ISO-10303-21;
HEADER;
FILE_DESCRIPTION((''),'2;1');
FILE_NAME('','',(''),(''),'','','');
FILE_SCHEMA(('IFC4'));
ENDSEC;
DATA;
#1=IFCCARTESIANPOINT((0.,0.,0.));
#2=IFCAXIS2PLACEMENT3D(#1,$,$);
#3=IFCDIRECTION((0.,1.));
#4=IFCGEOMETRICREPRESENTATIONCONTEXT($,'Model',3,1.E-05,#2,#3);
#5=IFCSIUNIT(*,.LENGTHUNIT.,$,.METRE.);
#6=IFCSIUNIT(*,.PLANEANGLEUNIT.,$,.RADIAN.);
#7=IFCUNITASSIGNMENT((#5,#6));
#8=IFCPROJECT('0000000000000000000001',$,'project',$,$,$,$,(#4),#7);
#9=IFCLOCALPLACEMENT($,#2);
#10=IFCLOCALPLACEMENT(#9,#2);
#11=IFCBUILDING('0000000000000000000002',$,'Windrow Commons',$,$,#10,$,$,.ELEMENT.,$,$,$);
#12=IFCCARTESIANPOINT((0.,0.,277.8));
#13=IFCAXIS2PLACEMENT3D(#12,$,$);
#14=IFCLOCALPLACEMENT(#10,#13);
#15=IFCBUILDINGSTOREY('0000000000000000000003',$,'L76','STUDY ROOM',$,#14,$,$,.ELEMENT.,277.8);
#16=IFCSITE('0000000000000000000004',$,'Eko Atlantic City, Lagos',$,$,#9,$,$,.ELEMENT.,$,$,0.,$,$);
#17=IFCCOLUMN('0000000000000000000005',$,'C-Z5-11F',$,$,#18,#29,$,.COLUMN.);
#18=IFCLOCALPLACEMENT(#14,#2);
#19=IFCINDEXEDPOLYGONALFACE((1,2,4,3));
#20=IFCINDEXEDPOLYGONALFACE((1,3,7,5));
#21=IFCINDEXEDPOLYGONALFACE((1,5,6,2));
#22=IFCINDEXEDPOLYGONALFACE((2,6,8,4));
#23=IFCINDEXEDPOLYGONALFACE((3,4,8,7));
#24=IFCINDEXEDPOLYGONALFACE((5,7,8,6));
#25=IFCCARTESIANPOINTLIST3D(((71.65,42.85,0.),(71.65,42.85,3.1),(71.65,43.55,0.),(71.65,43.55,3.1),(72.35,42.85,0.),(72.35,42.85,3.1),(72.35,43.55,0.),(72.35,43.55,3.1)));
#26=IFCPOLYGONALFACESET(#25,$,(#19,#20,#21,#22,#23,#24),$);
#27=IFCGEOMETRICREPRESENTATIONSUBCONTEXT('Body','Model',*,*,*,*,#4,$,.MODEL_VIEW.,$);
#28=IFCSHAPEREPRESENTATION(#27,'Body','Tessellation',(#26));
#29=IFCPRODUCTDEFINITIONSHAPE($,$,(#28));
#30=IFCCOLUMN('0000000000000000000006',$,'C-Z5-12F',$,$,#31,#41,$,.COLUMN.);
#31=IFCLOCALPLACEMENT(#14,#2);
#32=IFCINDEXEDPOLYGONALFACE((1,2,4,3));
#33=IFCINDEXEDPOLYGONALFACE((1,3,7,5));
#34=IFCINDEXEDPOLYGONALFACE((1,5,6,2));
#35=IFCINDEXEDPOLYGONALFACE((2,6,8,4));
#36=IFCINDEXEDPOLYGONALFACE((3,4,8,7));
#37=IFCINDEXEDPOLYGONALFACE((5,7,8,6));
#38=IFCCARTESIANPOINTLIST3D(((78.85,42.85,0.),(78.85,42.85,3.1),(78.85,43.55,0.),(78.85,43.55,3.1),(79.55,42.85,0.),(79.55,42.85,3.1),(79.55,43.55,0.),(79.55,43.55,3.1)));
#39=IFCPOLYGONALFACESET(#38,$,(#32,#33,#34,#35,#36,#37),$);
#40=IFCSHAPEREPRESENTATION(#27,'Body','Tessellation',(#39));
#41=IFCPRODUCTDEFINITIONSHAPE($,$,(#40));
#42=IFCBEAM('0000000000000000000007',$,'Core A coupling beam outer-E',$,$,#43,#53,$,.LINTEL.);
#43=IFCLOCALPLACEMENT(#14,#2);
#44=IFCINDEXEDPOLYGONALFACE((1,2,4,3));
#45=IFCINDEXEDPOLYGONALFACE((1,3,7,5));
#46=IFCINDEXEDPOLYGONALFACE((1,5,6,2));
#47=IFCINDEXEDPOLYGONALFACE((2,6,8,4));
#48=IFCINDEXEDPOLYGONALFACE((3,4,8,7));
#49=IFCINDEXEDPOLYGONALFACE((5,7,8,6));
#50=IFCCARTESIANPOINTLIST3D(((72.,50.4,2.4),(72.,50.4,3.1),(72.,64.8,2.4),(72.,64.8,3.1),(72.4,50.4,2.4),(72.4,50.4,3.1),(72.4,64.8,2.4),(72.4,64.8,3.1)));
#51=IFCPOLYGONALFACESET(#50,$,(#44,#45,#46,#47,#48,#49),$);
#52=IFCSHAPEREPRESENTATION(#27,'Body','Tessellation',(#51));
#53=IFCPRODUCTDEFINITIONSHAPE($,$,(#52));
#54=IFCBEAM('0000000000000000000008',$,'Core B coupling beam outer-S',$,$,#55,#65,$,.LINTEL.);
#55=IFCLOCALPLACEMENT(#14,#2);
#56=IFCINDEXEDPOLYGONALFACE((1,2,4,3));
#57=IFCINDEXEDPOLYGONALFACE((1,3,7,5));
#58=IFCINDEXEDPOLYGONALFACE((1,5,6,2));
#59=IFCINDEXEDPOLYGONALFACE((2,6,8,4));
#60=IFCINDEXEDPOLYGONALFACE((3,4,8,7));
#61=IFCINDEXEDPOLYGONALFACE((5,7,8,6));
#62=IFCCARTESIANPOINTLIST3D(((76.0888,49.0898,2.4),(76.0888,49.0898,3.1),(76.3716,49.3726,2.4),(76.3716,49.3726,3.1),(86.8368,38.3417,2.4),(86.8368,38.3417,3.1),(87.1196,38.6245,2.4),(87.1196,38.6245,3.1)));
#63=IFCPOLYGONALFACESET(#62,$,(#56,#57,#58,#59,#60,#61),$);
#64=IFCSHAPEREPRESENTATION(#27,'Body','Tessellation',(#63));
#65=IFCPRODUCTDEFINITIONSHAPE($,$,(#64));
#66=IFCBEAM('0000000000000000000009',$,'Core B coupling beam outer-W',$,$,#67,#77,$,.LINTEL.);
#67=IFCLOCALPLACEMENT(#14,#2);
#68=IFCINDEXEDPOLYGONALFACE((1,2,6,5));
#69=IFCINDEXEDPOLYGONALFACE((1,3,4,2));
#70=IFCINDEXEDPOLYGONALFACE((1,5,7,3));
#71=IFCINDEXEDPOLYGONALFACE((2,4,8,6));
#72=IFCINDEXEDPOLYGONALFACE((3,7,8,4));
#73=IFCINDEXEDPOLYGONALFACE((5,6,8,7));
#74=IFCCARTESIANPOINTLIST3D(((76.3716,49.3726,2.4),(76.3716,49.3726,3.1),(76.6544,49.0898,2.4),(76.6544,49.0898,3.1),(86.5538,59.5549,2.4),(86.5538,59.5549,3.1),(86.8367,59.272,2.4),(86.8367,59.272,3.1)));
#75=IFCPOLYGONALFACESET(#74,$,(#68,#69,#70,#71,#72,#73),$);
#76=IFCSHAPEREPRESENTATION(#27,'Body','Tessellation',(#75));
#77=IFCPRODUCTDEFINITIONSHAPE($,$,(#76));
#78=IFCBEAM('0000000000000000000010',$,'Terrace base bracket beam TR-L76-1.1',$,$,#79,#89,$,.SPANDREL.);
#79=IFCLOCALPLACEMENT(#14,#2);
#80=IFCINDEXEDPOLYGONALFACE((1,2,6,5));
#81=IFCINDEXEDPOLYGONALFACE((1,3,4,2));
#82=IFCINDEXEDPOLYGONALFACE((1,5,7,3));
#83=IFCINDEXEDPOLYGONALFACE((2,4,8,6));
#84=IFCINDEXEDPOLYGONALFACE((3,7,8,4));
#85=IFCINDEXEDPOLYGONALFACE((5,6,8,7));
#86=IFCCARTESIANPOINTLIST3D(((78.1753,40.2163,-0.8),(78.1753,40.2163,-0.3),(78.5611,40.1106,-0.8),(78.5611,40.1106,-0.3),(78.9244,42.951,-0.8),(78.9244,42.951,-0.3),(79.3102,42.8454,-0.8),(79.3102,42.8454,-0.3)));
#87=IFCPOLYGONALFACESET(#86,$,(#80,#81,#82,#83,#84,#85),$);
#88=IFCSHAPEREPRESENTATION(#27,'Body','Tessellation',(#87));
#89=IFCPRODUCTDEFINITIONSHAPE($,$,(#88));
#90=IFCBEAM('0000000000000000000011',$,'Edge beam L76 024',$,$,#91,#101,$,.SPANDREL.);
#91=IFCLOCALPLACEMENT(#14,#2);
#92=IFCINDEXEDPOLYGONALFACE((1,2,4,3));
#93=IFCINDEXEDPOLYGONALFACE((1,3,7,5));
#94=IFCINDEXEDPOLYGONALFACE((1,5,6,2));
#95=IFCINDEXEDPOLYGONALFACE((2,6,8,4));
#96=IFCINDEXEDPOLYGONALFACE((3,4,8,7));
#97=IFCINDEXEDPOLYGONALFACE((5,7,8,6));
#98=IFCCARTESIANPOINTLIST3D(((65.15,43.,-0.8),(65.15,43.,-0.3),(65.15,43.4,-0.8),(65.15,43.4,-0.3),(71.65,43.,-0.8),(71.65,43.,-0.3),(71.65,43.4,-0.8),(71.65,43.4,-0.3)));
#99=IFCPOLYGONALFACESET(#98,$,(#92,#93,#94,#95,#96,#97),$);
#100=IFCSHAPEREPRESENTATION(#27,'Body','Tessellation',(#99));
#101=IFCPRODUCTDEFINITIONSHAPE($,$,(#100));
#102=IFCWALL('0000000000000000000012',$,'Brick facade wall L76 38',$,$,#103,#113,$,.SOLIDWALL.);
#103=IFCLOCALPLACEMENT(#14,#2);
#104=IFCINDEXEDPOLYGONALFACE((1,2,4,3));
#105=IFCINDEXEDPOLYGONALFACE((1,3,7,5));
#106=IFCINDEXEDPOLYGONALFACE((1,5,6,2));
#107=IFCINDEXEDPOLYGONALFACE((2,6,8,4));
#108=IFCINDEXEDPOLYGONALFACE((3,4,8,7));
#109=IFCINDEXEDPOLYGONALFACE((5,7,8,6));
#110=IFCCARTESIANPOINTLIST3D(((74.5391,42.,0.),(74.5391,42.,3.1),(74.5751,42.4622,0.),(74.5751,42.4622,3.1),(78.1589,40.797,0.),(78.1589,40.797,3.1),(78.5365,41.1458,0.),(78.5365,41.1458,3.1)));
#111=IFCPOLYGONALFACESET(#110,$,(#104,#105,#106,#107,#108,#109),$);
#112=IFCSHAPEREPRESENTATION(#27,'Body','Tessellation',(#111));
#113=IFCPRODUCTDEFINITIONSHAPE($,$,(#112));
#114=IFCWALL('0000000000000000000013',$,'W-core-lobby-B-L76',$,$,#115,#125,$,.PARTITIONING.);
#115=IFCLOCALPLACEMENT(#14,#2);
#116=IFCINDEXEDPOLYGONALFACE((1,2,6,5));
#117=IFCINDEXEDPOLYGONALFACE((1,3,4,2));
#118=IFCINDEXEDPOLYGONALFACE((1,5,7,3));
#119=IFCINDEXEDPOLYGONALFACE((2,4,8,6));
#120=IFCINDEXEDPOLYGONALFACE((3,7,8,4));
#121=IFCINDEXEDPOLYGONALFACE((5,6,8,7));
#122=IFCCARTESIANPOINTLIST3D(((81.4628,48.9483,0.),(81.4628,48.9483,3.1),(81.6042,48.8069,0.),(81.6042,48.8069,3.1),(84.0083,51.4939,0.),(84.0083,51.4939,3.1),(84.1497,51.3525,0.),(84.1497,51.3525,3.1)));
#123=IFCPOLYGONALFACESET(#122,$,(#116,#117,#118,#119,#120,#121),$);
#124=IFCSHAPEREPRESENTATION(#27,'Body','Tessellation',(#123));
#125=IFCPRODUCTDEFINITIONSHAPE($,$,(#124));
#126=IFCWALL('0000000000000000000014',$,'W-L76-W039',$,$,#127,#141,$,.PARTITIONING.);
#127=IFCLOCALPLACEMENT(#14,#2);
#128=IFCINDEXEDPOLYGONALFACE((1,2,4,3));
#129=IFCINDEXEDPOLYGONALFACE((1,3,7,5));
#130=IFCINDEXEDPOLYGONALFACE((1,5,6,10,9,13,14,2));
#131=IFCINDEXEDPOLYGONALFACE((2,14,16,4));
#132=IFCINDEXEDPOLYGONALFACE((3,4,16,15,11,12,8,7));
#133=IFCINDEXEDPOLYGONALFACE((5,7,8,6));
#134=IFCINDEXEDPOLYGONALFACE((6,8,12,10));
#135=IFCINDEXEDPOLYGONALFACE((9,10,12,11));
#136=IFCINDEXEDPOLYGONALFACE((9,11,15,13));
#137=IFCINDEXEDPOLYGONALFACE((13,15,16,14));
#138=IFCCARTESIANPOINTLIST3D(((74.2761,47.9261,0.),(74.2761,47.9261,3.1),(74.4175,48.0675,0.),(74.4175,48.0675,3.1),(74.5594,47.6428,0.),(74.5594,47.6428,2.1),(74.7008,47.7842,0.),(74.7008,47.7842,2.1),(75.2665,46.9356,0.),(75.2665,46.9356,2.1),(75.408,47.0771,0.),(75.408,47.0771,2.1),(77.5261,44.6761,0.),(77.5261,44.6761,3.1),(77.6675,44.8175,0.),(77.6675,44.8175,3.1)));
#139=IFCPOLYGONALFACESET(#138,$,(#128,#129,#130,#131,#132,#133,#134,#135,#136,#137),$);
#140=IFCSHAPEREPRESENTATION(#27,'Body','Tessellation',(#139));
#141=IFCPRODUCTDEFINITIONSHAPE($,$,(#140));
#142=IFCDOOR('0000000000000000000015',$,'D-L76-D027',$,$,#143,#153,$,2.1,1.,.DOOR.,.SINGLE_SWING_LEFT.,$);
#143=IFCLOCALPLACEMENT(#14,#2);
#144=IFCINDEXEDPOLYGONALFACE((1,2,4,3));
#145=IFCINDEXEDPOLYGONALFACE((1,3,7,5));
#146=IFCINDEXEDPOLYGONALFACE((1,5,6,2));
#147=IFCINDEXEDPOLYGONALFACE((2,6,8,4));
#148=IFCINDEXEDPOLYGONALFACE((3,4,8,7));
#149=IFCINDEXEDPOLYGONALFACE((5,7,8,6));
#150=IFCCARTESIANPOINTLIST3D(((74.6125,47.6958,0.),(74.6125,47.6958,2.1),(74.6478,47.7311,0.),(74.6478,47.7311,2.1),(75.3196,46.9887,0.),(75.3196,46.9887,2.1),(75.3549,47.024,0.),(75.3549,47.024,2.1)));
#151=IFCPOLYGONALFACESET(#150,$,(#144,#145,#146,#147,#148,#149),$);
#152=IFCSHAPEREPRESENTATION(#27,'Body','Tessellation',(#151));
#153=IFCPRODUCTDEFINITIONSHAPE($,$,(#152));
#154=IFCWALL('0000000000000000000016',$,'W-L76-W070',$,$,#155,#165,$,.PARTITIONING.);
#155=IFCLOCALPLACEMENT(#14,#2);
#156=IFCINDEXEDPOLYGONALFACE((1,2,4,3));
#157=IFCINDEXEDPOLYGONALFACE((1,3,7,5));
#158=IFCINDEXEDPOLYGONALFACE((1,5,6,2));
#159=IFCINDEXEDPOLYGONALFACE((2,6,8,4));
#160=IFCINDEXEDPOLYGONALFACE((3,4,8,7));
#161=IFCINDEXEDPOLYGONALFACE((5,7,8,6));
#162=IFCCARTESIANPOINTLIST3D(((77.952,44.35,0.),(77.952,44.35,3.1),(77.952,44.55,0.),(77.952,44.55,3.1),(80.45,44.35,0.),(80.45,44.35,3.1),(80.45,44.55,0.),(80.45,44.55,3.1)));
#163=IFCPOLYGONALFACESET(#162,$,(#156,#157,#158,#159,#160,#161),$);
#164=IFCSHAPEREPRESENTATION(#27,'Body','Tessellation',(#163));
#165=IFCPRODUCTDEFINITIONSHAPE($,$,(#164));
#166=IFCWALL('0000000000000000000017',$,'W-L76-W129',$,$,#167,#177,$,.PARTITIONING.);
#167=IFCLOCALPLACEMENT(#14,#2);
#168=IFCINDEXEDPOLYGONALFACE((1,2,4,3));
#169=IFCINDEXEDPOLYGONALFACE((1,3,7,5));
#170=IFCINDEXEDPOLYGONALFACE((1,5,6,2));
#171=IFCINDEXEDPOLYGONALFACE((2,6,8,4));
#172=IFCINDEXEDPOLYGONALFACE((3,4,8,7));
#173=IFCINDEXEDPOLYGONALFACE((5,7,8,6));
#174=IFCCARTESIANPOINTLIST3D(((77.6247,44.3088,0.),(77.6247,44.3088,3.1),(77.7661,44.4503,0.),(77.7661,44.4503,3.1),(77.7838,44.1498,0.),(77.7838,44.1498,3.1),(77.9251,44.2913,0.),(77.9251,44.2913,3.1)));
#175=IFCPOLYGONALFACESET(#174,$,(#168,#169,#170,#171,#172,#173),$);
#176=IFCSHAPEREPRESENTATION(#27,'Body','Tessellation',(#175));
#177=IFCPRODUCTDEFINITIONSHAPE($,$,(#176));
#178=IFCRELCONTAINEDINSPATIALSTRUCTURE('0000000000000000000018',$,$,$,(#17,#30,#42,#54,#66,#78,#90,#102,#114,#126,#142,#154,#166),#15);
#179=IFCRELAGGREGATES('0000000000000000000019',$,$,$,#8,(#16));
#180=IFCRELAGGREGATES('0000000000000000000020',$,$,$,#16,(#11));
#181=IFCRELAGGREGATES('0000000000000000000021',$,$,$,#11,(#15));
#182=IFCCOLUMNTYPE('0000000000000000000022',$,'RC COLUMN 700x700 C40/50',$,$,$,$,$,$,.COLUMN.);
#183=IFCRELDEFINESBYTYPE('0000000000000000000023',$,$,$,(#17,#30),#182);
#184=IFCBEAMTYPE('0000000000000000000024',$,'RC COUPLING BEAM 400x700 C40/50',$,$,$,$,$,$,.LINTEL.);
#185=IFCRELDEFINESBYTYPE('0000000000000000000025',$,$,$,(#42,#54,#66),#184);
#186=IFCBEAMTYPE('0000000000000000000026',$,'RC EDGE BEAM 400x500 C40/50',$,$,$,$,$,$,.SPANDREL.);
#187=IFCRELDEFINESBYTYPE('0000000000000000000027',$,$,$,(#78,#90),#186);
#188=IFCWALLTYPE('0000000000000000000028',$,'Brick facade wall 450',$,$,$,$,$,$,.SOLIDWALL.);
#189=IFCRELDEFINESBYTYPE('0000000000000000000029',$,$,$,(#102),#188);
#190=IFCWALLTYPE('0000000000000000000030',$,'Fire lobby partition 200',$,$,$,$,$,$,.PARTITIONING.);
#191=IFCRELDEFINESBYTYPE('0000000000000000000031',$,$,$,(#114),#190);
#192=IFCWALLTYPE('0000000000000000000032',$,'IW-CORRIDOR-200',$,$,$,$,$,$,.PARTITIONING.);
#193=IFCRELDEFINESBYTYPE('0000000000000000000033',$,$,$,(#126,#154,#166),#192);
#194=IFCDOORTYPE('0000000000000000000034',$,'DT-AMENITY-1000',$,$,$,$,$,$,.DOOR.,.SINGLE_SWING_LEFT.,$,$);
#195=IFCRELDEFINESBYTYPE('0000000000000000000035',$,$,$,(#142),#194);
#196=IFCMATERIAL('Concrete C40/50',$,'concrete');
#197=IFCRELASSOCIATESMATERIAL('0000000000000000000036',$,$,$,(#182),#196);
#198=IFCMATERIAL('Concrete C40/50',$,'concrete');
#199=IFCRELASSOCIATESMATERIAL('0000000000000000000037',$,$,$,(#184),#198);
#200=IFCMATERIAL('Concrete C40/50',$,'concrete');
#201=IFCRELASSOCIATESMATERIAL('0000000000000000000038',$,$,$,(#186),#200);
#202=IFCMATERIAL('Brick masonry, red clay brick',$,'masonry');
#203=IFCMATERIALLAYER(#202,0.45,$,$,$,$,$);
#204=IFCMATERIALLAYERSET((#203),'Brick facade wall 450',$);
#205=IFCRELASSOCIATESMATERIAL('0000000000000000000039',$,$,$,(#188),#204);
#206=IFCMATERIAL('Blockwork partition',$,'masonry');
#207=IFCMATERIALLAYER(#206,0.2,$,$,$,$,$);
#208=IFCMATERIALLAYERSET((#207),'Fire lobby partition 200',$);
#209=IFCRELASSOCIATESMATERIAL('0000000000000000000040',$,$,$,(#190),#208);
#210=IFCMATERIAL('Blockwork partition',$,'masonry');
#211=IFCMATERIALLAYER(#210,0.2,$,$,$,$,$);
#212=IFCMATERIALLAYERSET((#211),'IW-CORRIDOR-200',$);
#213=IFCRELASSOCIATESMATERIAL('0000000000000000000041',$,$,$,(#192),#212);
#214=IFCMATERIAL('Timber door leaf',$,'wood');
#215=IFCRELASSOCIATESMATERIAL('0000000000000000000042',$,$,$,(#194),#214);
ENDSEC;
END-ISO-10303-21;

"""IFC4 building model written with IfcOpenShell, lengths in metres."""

from ifc_helpers import new_model, si_unit, direction, frame, frame_2d, origin, origin_2d, place, context, subcontext, project, spatial, polyline, rectangle, outline, extrude, material, layer, layer_set, material_profile, profile_set, type_object, element, fill, save


model = new_model("IFC4")

# Units and contexts
model_context = context("Model", 3, precision=1e-05, world=origin(), true_north=direction((0.0, 1.0)))
body_context = subcontext(model_context, "Body", "Model", "MODEL_VIEW")
ifc_project = project(units=[si_unit("LENGTHUNIT", "METRE"), si_unit("PLANEANGLEUNIT", "RADIAN")], contexts=[model_context])

# Site, building, storey
site_placement = place(None, origin())
site = spatial("IfcSite", under=ifc_project, at=site_placement, Name="Eko Atlantic City, Lagos", CompositionType="ELEMENT", RefElevation=0.0)
building_placement = place(site_placement, origin())
building = spatial("IfcBuilding", under=site, at=building_placement, Name="Windrow Commons", CompositionType="ELEMENT")
storey_placement = place(building_placement, frame((0.0, 0.0, 277.8)))
storey = spatial("IfcBuildingStorey", under=building, at=storey_placement, Name="L76", Description="STUDY ROOM", CompositionType="ELEMENT", Elevation=277.8)

# Columns
ifc_material_1 = material(Name="Concrete C40/50", Category="concrete")
ifc_material_profile_1 = material_profile(ifc_material_1, rectangle(XDim=0.7, YDim=0.7, at=origin_2d()))
ifc_profile_set_1 = profile_set([ifc_material_profile_1], Name="Concrete C40/50")
column_type = type_object("IfcColumnType", Name="RC COLUMN 700x700 C40/50", PredefinedType="COLUMN", material=ifc_profile_set_1)
for number, where, z_axis, x_axis, name in (
    (1, (72.0, 43.2, 0.0), (0.0, 0.0, 1.0), (1.0, 0.0, 0.0), "C-Z5-11F"),
    (2, (79.2, 43.2, 0.0), (0.0, 0.0, 1.0), (1.0, 0.0, 0.0), "C-Z5-12F"),
):
    element("IfcColumn", number, at=place(storey_placement, frame(where, z_axis=z_axis, x_axis=x_axis)), inside=storey, type_object=column_type, Name=name, PredefinedType="COLUMN", context=body_context, shape_type="SweptSolid", body=[
        extrude(rectangle(XDim=0.7, YDim=0.7, at=origin_2d()), origin(), (0.0, 0.0, 1.0), 3.1),
    ])

# Beams
ifc_material_2 = material(Name="Concrete C40/50", Category="concrete")
ifc_material_profile_2 = material_profile(ifc_material_2, rectangle(XDim=0.4, YDim=0.7, at=origin_2d()))
ifc_profile_set_2 = profile_set([ifc_material_profile_2], Name="Concrete C40/50")
beam_type_1 = type_object("IfcBeamType", Name="RC COUPLING BEAM 400x700 C40/50", PredefinedType="LINTEL", material=ifc_profile_set_2)
beam_1_placement = place(storey_placement, frame((72.2, 50.4, 2.75), z_axis=(0.0, 1.0, 0.0), x_axis=(-1.0, 0.0, 0.0)))
element("IfcBeam", 3, at=beam_1_placement, inside=storey, type_object=beam_type_1, Name="Core A coupling beam outer-E", PredefinedType="LINTEL", context=body_context, shape_type="SweptSolid", body=[
    extrude(rectangle(XDim=0.4, YDim=0.7, at=origin_2d()), origin(), (0.0, 0.0, 1.0), 14.4),
])
beam_2_placement = place(storey_placement, frame((76.2302, 49.2312, 2.75), z_axis=(0.707103, -0.70711, 0.0), x_axis=(0.70711, 0.707103, 0.0)))
element("IfcBeam", 4, at=beam_2_placement, inside=storey, type_object=beam_type_1, Name="Core B coupling beam outer-S", PredefinedType="LINTEL", context=body_context, shape_type="SweptSolid", body=[
    extrude(rectangle(XDim=0.4, YDim=0.7, at=origin_2d()), origin(), (0.0, 0.0, 1.0), 15.2),
])
beam_3_placement = place(storey_placement, frame((76.513, 49.2312, 2.75), z_axis=(0.707107, 0.707107, 0.0), x_axis=(-0.707107, 0.707107, 0.0)))
element("IfcBeam", 5, at=beam_3_placement, inside=storey, type_object=beam_type_1, Name="Core B coupling beam outer-W", PredefinedType="LINTEL", context=body_context, shape_type="SweptSolid", body=[
    extrude(rectangle(XDim=0.4, YDim=0.7, at=origin_2d()), origin(), (0.0, 0.0, 1.0), 14.3999),
])
ifc_material_3 = material(Name="Concrete C40/50", Category="concrete")
ifc_material_profile_3 = material_profile(ifc_material_3, rectangle(XDim=0.4, YDim=0.5, at=origin_2d()))
ifc_profile_set_3 = profile_set([ifc_material_profile_3], Name="Concrete C40/50")
beam_type_2 = type_object("IfcBeamType", Name="RC EDGE BEAM 400x500 C40/50", PredefinedType="SPANDREL", material=ifc_profile_set_3)
beam_4_placement = place(storey_placement, frame((79.1173, 42.8982, -0.55), z_axis=(-0.264183, -0.964473, 0.0), x_axis=(0.964473, -0.264183, 0.0)))
element("IfcBeam", 6, at=beam_4_placement, inside=storey, type_object=beam_type_2, Name="Terrace base bracket beam TR-L76-1.1", PredefinedType="SPANDREL", context=body_context, shape_type="SweptSolid", body=[
    extrude(rectangle(XDim=0.4, YDim=0.5, at=origin_2d()), origin(), (0.0, 0.0, 1.0), 2.8355),
])
beam_5_placement = place(storey_placement, frame((71.65, 43.2, -0.55), z_axis=(-1.0, 0.0, 0.0), x_axis=(0.0, -1.0, 0.0)))
element("IfcBeam", 7, at=beam_5_placement, inside=storey, type_object=beam_type_2, Name="Edge beam L76 024", PredefinedType="SPANDREL", context=body_context, shape_type="SweptSolid", body=[
    extrude(rectangle(XDim=0.4, YDim=0.5, at=origin_2d()), origin(), (0.0, 0.0, 1.0), 6.5),
])

# Walls
ifc_material_4 = material(Name="Brick masonry, red clay brick", Category="masonry")
ifc_layer_1 = layer(ifc_material_4, 0.45)
ifc_layer_set_1 = layer_set([ifc_layer_1], Name="Brick facade wall 450")
wall_type_1 = type_object("IfcWallType", Name="Brick facade wall 450", PredefinedType="SOLIDWALL", material=ifc_layer_set_1)
wall_1_placement = place(storey_placement, frame((74.5571, 42.2311, 0.0), z_axis=(0.0, 0.0, 1.0), x_axis=(0.948971, -0.315364, 0.0)))
element("IfcWall", 8, at=wall_1_placement, inside=storey, type_object=wall_type_1, Name="Brick facade wall L76 38", PredefinedType="SOLIDWALL", context=body_context, shape_type="SweptSolid", body=[
    extrude(outline(polyline([(0.0558, -0.225), (3.8703, -0.225), (4.1186, 0.225), (-0.0558, 0.225), (0.0558, -0.225)])), origin(), (0.0, 0.0, 1.0), 3.1),
])
ifc_material_5 = material(Name="Blockwork partition", Category="masonry")
ifc_layer_2 = layer(ifc_material_5, 0.2)
ifc_layer_set_2 = layer_set([ifc_layer_2], Name="Fire lobby partition 200")
wall_type_2 = type_object("IfcWallType", Name="Fire lobby partition 200", PredefinedType="PARTITIONING", material=ifc_layer_set_2)
wall_2_placement = place(storey_placement, frame((81.5335, 48.8776, 0.0), z_axis=(0.0, 0.0, 1.0), x_axis=(0.707093, 0.707121, 0.0)))
element("IfcWall", 9, at=wall_2_placement, inside=storey, type_object=wall_type_2, Name="W-core-lobby-B-L76", PredefinedType="PARTITIONING", context=body_context, shape_type="SweptSolid", body=[
    extrude(rectangle(XDim=3.6, YDim=0.2, at=frame_2d((1.8, 0.0))), origin(), (0.0, 0.0, 1.0), 3.1),
])

# Wall, opening, door
ifc_material_6 = material(Name="Blockwork partition", Category="masonry")
ifc_layer_3 = layer(ifc_material_6, 0.2)
ifc_layer_set_3 = layer_set([ifc_layer_3], Name="IW-CORRIDOR-200")
wall_type_3 = type_object("IfcWallType", Name="IW-CORRIDOR-200", PredefinedType="PARTITIONING", material=ifc_layer_set_3)
wall_3_placement = place(storey_placement, frame((74.3468, 47.9968, 0.0), z_axis=(0.0, 0.0, 1.0), x_axis=(0.707107, -0.707107, 0.0)))
wall_3 = element("IfcWall", 10, at=wall_3_placement, inside=storey, type_object=wall_type_3, Name="W-L76-W039", PredefinedType="PARTITIONING", context=body_context, shape_type="SweptSolid", body=[
    extrude(rectangle(XDim=4.5962, YDim=0.2, at=frame_2d((2.2981, 0.0))), origin(), (0.0, 0.0, 1.0), 3.1),
])
opening_1_placement = place(wall_3_placement, frame((0.4007, 0.0, 0.0)))
opening_1 = element("IfcOpeningElement", 11, at=opening_1_placement, cuts=wall_3, PredefinedType="OPENING", context=body_context, shape_type="SweptSolid", body=[
    extrude(rectangle(XDim=1.0, YDim=2.1, at=frame_2d((0.5, 1.05))), frame((0.0, 0.11, 0.0), z_axis=(0.0, -1.0, 0.0), x_axis=(1.0, 0.0, 0.0)), (0.0, 0.0, 1.0), 0.22),
])
ifc_material_7 = material(Name="Timber door leaf", Category="wood")
door_type_1 = type_object("IfcDoorType", Name="DT-AMENITY-1000", OperationType="SINGLE_SWING_LEFT", PredefinedType="DOOR", material=ifc_material_7)
door_1_placement = place(opening_1_placement, origin())
door_1 = element("IfcDoor", 12, at=door_1_placement, inside=storey, type_object=door_type_1, Name="D-L76-D027", OperationType="SINGLE_SWING_LEFT", OverallHeight=2.1, OverallWidth=1.0, PredefinedType="DOOR", context=body_context, shape_type="SweptSolid", body=[
    extrude(rectangle(XDim=1.0, YDim=2.1, at=frame_2d((0.5, 1.05))), frame((0.0, 0.025, 0.0), z_axis=(0.0, -1.0, 0.0), x_axis=(1.0, 0.0, 0.0)), (0.0, 0.0, 1.0), 0.05),
])
fill(opening_1, door_1)

# Walls
wall_4_placement = place(storey_placement, frame((77.952, 44.45, 0.0), z_axis=(0.0, 0.0, 1.0), x_axis=(1.0, 0.0, 0.0)))
element("IfcWall", 13, at=wall_4_placement, inside=storey, type_object=wall_type_3, Name="W-L76-W070", PredefinedType="PARTITIONING", context=body_context, shape_type="SweptSolid", body=[
    extrude(rectangle(XDim=2.498, YDim=0.2, at=frame_2d((1.249, 0.0))), origin(), (0.0, 0.0, 1.0), 3.1),
])
wall_5_placement = place(storey_placement, frame((77.6954, 44.3795, 0.0), z_axis=(0.0, 0.0, 1.0), x_axis=(0.707329, -0.706884, 0.0)))
element("IfcWall", 14, at=wall_5_placement, inside=storey, type_object=wall_type_3, Name="W-L76-W129", PredefinedType="PARTITIONING", context=body_context, shape_type="SweptSolid", body=[
    extrude(rectangle(XDim=0.2249, YDim=0.2, at=frame_2d((0.1124, 0.0))), origin(), (0.0, 0.0, 1.0), 3.1),
])

save(model, "model.ifc")
